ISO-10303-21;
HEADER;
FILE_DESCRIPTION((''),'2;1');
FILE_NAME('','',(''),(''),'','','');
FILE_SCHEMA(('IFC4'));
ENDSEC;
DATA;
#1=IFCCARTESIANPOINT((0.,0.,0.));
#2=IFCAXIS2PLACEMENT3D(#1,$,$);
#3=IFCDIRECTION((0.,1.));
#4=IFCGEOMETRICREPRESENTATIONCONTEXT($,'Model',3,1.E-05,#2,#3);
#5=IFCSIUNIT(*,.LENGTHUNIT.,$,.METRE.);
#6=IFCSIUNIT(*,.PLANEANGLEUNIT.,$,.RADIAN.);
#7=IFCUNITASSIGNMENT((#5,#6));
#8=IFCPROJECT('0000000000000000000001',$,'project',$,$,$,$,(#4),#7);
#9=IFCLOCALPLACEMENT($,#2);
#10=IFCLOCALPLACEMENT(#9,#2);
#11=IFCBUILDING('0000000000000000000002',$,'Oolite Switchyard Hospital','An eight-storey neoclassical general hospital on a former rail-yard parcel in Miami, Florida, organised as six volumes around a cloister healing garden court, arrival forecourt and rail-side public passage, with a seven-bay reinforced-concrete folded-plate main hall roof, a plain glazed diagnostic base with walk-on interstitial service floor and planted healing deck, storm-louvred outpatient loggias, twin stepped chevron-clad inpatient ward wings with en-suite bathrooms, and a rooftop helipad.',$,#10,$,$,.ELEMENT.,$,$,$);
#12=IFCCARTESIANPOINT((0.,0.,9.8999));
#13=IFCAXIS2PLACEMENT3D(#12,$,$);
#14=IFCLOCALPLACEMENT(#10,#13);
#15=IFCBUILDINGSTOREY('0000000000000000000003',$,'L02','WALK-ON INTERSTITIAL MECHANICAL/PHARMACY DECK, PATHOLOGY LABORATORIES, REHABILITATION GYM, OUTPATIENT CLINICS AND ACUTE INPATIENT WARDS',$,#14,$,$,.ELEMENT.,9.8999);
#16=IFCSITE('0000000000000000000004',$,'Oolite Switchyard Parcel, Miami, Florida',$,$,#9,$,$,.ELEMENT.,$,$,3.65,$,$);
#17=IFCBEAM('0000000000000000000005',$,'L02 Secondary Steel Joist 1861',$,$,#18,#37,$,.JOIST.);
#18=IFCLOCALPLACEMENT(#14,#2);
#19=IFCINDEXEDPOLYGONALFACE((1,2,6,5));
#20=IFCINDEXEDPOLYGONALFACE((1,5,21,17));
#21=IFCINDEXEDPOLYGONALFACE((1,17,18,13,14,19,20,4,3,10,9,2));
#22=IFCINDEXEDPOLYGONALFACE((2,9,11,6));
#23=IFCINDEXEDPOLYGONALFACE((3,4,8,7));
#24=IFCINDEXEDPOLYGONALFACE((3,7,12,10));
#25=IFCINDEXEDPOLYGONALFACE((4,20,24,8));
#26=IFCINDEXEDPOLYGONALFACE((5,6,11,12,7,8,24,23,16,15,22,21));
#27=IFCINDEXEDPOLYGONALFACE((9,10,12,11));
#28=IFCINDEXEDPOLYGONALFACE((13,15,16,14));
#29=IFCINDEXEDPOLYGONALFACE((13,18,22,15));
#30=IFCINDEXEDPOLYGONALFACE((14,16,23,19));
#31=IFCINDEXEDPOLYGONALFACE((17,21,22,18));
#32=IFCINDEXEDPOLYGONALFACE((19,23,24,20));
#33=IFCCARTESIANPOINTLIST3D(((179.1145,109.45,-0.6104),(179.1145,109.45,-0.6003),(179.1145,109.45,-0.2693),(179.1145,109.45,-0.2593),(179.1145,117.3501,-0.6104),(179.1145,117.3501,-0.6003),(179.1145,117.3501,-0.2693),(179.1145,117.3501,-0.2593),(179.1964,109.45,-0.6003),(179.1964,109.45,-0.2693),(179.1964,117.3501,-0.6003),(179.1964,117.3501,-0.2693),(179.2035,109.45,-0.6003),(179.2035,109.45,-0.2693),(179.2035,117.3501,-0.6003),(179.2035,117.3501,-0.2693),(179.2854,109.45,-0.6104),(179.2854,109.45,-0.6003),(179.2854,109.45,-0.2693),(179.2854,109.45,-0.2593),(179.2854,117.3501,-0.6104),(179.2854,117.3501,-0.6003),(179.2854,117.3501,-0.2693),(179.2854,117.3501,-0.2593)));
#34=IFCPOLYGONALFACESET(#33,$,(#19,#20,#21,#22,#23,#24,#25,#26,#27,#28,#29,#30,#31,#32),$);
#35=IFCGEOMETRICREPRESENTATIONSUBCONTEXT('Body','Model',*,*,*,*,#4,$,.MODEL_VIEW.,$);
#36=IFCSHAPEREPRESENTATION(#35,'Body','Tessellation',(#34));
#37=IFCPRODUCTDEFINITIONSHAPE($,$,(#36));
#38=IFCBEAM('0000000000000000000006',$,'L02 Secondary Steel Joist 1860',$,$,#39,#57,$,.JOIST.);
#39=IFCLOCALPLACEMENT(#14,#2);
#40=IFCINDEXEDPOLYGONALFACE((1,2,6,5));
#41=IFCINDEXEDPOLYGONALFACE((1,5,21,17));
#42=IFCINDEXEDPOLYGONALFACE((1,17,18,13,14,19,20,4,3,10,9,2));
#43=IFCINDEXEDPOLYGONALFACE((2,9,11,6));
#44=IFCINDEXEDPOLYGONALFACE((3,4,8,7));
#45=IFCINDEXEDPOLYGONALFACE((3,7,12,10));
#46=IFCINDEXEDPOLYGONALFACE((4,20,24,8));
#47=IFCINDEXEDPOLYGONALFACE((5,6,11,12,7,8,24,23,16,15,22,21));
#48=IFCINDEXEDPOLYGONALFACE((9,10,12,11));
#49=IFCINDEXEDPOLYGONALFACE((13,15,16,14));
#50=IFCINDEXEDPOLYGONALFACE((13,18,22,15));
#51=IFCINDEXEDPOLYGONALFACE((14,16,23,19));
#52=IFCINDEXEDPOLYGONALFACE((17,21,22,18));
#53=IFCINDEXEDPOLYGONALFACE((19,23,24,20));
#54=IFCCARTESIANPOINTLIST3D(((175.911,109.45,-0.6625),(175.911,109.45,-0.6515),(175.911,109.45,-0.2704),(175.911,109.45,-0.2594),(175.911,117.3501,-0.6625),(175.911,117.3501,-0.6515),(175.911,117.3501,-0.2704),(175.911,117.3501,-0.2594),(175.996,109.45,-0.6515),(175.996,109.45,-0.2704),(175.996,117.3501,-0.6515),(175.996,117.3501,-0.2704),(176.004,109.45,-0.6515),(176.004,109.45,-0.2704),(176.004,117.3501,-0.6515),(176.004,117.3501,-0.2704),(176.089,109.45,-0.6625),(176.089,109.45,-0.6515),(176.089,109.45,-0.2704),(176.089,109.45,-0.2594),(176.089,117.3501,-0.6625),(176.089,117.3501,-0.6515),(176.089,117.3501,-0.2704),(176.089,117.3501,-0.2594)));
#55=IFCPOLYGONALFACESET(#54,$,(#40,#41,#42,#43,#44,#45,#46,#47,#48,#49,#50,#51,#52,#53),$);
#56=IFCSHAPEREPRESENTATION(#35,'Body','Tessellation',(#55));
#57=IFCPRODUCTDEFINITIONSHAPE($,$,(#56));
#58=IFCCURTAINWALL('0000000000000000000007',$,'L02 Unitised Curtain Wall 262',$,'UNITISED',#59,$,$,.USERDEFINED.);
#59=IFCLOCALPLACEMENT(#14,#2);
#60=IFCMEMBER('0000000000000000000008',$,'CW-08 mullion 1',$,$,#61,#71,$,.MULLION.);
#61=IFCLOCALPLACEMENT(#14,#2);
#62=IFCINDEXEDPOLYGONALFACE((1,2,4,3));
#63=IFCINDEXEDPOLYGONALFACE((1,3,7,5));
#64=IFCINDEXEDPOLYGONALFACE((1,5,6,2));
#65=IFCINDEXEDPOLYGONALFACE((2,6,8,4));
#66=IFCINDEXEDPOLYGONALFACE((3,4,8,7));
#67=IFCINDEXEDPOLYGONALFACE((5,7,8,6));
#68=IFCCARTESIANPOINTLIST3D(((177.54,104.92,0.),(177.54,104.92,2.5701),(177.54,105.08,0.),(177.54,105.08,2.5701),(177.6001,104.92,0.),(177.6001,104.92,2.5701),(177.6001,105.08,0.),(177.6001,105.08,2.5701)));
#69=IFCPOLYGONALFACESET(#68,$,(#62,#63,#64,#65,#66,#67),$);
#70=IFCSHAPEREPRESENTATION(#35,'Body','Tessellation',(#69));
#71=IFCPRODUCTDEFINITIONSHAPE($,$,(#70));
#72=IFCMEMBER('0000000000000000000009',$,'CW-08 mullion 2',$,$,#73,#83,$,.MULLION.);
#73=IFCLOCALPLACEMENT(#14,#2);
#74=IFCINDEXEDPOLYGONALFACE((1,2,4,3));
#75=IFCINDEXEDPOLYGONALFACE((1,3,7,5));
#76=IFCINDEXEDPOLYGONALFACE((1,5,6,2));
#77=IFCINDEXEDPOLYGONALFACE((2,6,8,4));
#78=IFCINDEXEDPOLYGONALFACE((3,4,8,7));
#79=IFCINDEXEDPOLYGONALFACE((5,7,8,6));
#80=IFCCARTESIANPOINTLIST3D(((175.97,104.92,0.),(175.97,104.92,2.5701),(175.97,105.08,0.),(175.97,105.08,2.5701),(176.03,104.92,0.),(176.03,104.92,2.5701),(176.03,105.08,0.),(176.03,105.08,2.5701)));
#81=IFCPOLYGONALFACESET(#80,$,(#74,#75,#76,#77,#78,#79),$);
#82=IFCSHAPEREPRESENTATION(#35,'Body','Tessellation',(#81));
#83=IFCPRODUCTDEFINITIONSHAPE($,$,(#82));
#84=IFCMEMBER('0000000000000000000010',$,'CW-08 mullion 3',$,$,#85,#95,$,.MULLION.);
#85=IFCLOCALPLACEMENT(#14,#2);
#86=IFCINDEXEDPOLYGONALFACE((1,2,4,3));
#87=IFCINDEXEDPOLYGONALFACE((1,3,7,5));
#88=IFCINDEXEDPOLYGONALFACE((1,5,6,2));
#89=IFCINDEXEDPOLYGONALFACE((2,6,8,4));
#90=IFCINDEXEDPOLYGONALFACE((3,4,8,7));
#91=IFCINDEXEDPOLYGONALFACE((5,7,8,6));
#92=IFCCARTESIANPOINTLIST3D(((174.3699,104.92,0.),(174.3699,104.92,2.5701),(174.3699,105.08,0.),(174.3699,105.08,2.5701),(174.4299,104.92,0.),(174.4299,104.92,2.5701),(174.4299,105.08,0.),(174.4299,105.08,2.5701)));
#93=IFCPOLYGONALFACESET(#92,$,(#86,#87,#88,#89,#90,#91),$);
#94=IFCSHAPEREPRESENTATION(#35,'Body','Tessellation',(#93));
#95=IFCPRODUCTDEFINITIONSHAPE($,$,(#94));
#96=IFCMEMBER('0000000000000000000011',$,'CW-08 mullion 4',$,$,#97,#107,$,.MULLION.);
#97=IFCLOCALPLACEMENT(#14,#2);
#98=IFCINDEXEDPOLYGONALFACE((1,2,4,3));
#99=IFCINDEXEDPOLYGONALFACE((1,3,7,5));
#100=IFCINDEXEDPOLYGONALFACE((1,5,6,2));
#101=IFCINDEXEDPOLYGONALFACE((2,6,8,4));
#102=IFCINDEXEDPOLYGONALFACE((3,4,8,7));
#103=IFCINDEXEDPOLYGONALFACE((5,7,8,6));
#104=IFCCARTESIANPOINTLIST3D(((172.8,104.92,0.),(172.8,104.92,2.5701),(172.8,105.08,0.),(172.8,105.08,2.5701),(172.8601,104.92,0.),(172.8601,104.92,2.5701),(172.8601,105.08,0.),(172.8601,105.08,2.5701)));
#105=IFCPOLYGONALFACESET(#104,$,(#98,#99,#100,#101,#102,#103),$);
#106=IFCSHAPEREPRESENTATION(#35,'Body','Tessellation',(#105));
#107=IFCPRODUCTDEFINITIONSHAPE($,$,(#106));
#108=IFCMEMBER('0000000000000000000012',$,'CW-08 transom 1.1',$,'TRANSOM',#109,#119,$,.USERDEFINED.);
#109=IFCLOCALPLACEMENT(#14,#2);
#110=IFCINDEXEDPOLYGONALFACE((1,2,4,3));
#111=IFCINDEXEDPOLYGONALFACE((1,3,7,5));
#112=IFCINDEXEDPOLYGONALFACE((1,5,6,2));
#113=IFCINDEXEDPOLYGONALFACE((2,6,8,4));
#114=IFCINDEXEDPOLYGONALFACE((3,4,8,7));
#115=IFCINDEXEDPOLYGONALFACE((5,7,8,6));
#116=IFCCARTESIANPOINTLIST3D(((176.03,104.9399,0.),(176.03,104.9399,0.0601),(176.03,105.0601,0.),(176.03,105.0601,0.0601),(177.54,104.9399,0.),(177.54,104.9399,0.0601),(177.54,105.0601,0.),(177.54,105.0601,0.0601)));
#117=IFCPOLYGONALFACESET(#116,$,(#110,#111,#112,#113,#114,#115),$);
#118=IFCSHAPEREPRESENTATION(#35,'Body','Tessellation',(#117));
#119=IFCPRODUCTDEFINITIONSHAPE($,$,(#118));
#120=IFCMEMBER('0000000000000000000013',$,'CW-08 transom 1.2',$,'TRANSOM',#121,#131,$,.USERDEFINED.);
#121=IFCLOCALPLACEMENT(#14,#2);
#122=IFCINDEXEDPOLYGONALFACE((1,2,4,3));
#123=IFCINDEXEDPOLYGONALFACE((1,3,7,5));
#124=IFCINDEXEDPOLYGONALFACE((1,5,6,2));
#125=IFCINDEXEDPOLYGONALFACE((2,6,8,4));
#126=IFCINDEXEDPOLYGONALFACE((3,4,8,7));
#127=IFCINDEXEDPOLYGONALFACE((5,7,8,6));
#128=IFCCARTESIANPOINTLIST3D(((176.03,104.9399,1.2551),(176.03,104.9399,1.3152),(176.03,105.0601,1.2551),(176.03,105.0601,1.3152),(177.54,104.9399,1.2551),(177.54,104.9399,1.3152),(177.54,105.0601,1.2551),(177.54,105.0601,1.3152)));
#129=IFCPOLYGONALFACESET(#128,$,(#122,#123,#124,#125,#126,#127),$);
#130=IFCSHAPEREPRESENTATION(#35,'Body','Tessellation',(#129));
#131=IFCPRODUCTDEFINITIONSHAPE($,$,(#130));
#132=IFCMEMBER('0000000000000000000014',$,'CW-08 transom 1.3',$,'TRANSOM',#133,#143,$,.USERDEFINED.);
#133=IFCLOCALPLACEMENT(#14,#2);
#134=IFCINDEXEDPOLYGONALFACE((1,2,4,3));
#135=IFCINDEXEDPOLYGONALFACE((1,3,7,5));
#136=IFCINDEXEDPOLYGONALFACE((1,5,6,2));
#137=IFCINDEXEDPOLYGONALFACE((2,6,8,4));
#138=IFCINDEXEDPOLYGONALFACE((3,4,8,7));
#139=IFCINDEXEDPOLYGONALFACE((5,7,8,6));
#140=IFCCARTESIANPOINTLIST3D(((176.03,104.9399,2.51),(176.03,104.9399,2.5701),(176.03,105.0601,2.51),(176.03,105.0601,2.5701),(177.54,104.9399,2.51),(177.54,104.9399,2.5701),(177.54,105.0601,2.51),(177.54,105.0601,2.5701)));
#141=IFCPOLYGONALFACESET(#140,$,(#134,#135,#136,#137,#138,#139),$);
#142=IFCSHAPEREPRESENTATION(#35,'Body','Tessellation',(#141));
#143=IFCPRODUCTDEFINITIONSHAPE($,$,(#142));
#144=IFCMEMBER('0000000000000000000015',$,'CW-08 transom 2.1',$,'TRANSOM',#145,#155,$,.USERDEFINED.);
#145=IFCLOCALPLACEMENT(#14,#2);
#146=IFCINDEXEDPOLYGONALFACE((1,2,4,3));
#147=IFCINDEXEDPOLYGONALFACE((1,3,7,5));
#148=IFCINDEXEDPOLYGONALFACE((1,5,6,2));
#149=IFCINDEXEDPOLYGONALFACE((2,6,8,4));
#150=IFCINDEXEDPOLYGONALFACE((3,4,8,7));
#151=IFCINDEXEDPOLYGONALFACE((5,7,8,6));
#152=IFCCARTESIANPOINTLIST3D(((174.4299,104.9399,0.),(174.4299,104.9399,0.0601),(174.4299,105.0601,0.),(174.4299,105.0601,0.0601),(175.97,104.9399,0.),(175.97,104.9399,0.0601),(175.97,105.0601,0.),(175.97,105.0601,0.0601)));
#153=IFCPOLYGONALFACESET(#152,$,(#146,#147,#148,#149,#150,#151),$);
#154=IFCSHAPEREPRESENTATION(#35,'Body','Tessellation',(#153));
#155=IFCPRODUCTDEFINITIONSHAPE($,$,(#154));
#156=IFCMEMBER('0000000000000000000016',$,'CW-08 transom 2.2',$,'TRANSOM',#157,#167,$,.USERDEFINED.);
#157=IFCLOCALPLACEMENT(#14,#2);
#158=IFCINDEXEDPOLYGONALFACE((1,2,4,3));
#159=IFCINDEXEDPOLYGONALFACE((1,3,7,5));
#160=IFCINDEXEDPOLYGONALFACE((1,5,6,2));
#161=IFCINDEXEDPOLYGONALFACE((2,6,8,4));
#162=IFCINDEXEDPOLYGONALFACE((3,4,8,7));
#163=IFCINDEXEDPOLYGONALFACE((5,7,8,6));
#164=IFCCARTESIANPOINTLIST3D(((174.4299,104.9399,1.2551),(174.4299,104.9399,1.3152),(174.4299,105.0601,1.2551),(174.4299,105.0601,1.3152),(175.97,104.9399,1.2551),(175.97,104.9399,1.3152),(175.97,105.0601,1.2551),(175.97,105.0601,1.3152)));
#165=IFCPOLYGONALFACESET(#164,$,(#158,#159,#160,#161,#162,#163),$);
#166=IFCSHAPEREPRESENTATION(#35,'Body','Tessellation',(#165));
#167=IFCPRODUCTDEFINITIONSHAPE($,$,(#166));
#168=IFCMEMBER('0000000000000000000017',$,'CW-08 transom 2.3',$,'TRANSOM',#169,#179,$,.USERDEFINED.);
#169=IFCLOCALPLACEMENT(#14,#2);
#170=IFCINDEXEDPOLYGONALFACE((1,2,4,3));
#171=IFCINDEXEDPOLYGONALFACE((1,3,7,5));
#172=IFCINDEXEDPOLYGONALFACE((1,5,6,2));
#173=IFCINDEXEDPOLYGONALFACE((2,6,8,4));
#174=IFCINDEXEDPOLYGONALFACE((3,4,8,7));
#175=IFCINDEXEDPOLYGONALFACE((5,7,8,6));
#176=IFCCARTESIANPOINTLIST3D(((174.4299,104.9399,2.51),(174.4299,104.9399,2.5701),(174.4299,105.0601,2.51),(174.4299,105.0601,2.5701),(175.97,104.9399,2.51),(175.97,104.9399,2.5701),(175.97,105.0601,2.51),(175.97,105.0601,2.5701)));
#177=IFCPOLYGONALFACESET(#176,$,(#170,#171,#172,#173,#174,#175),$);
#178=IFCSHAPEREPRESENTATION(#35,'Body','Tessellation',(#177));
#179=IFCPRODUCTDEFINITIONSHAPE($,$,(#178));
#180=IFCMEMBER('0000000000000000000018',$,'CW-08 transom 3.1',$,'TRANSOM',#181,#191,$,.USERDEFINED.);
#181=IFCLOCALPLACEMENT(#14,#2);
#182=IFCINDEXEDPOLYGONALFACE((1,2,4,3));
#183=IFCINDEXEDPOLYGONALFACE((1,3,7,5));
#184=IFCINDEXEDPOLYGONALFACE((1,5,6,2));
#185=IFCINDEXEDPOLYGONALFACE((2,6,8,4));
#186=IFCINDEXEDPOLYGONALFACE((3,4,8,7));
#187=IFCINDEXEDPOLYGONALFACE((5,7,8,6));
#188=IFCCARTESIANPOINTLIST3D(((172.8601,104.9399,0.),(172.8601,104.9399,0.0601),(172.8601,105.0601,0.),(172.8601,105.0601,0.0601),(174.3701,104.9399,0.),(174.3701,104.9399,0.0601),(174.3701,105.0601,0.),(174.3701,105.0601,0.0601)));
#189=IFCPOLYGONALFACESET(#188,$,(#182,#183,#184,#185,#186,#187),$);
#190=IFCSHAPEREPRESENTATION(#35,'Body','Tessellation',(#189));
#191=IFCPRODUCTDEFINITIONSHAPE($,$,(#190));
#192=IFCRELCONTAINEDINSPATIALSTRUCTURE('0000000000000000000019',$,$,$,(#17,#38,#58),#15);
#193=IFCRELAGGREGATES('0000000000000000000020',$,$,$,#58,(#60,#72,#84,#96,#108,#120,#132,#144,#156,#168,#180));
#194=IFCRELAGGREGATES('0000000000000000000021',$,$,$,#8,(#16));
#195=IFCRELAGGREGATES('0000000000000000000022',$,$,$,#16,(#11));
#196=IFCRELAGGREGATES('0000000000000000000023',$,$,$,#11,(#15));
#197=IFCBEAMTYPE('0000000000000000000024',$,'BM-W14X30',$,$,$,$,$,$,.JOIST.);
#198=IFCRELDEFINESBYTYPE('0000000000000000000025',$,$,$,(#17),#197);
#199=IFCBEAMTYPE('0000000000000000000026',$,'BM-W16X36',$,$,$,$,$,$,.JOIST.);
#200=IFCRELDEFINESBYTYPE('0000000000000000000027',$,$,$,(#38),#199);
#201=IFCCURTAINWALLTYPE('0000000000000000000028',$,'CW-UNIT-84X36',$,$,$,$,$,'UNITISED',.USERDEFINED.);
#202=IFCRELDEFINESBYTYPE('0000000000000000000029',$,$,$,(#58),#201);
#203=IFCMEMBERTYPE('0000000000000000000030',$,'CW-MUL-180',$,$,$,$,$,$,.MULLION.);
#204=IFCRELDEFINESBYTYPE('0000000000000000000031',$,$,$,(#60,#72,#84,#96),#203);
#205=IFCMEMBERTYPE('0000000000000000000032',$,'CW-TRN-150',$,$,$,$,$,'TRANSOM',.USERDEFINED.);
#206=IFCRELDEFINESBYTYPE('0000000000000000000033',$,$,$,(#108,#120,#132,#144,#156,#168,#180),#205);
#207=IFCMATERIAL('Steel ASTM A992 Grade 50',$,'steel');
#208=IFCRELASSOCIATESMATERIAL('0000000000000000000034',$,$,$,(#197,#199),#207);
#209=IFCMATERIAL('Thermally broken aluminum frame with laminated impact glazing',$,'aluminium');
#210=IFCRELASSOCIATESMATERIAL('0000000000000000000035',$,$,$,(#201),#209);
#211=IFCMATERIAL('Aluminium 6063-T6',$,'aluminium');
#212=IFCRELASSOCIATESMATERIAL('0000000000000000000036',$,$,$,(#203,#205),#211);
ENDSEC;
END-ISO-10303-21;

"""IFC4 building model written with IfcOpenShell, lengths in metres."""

from ifc_helpers import new_model, si_unit, direction, frame, origin, origin_2d, place, context, subcontext, project, spatial, rectangle, i_section, extrude, material, material_profile, profile_set, type_object, element, aggregate, save


model = new_model("IFC4")

# Units and contexts
model_context = context("Model", 3, precision=1e-05, world=origin(), true_north=direction((0.0, 1.0)))
body_context = subcontext(model_context, "Body", "Model", "MODEL_VIEW")
ifc_project = project(units=[si_unit("LENGTHUNIT", "METRE"), si_unit("PLANEANGLEUNIT", "RADIAN")], contexts=[model_context])

# Site, building, storey
site_placement = place(None, origin())
site = spatial("IfcSite", under=ifc_project, at=site_placement, Name="Oolite Switchyard Parcel, Miami, Florida", CompositionType="ELEMENT", RefElevation=3.65)
building_placement = place(site_placement, origin())
building = spatial("IfcBuilding", under=site, at=building_placement, Name="Oolite Switchyard Hospital", Description="An eight-storey neoclassical general hospital on a former rail-yard parcel in Miami, Florida, organised as six volumes around a cloister healing garden court, arrival forecourt and rail-side public passage, with a seven-bay reinforced-concrete folded-plate main hall roof, a plain glazed diagnostic base with walk-on interstitial service floor and planted healing deck, storm-louvred outpatient loggias, twin stepped chevron-clad inpatient ward wings with en-suite bathrooms, and a rooftop helipad.", CompositionType="ELEMENT")
storey_placement = place(building_placement, frame((0.0, 0.0, 9.8999)))
storey = spatial("IfcBuildingStorey", under=building, at=storey_placement, Name="L02", Description="WALK-ON INTERSTITIAL MECHANICAL/PHARMACY DECK, PATHOLOGY LABORATORIES, REHABILITATION GYM, OUTPATIENT CLINICS AND ACUTE INPATIENT WARDS", CompositionType="ELEMENT", Elevation=9.8999)

# Beams
ifc_material_1 = material(Name="Steel ASTM A992 Grade 50", Category="steel")
ifc_material_profile_1 = material_profile(ifc_material_1, i_section(OverallWidth=0.1709, OverallDepth=0.3511, WebThickness=0.0071, FlangeThickness=0.01, at=origin_2d()), Name="W14X30")
ifc_profile_set_1 = profile_set([ifc_material_profile_1], Name="Steel ASTM A992 Grade 50")
beam_type_1 = type_object("IfcBeamType", Name="BM-W14X30", PredefinedType="JOIST", material=ifc_profile_set_1)
beam_1_placement = place(storey_placement, frame((179.2, 109.45, -0.4348), z_axis=(0.0, 1.0, 0.0), x_axis=(-1.0, 0.0, 0.0)))
element("IfcBeam", 1, at=beam_1_placement, inside=storey, type_object=beam_type_1, Name="L02 Secondary Steel Joist 1861", PredefinedType="JOIST", context=body_context, shape_type="SweptSolid", body=[
    extrude(i_section(OverallWidth=0.1709, OverallDepth=0.3511, WebThickness=0.0071, FlangeThickness=0.01, at=origin_2d()), origin(), (0.0, 0.0, 1.0), 7.9001),
])
ifc_material_profile_2 = material_profile(ifc_material_1, i_section(OverallWidth=0.178, OverallDepth=0.4031, WebThickness=0.0081, FlangeThickness=0.011, at=origin_2d()), Name="W16X36")
ifc_profile_set_2 = profile_set([ifc_material_profile_2], Name="Steel ASTM A992 Grade 50")
beam_type_2 = type_object("IfcBeamType", Name="BM-W16X36", PredefinedType="JOIST", material=ifc_profile_set_2)
beam_2_placement = place(storey_placement, frame((176.0, 109.45, -0.4609), z_axis=(0.0, 1.0, 0.0), x_axis=(-1.0, 0.0, 0.0)))
element("IfcBeam", 2, at=beam_2_placement, inside=storey, type_object=beam_type_2, Name="L02 Secondary Steel Joist 1860", PredefinedType="JOIST", context=body_context, shape_type="SweptSolid", body=[
    extrude(i_section(OverallWidth=0.178, OverallDepth=0.4031, WebThickness=0.0081, FlangeThickness=0.011, at=origin_2d()), origin(), (0.0, 0.0, 1.0), 7.9001),
])

# Curtain wall, members
ifc_material_2 = material(Name="Thermally broken aluminum frame with laminated impact glazing", Category="aluminium")
curtain_wall_type = type_object("IfcCurtainWallType", Name="CW-UNIT-84X36", ElementType="UNITISED", PredefinedType="USERDEFINED", material=ifc_material_2)
curtain_wall_placement = place(storey_placement, origin())
curtain_wall = element("IfcCurtainWall", 3, at=curtain_wall_placement, inside=storey, type_object=curtain_wall_type, Name="L02 Unitised Curtain Wall 262", ObjectType="UNITISED", PredefinedType="USERDEFINED")
ifc_material_3 = material(Name="Aluminium 6063-T6", Category="aluminium")
ifc_material_profile_3 = material_profile(ifc_material_3, rectangle(XDim=0.1599, YDim=0.0601, at=origin_2d()), Name="CWM60X160")
ifc_profile_set_3 = profile_set([ifc_material_profile_3], Name="Aluminium 6063-T6")
member_type_1 = type_object("IfcMemberType", Name="CW-MUL-180", PredefinedType="MULLION", material=ifc_profile_set_3)
member_1_placement = place(storey_placement, frame((177.5701, 105.0, 0.0), z_axis=(0.0, 0.0, 1.0), x_axis=(0.0, -1.0, 0.0)))
member_1 = element("IfcMember", 4, at=member_1_placement, type_object=member_type_1, Name="CW-08 mullion 1", PredefinedType="MULLION", context=body_context, shape_type="SweptSolid", body=[
    extrude(rectangle(XDim=0.1599, YDim=0.0601, at=origin_2d()), origin(), (0.0, 0.0, 1.0), 2.5701),
])
member_2_placement = place(storey_placement, frame((176.0, 105.0, 0.0), z_axis=(0.0, 0.0, 1.0), x_axis=(0.0, -1.0, 0.0)))
member_2 = element("IfcMember", 5, at=member_2_placement, type_object=member_type_1, Name="CW-08 mullion 2", PredefinedType="MULLION", context=body_context, shape_type="SweptSolid", body=[
    extrude(rectangle(XDim=0.1599, YDim=0.0601, at=origin_2d()), origin(), (0.0, 0.0, 1.0), 2.5701),
])
member_3_placement = place(storey_placement, frame((174.3999, 105.0, 0.0), z_axis=(0.0, 0.0, 1.0), x_axis=(0.0, -1.0, 0.0)))
member_3 = element("IfcMember", 6, at=member_3_placement, type_object=member_type_1, Name="CW-08 mullion 3", PredefinedType="MULLION", context=body_context, shape_type="SweptSolid", body=[
    extrude(rectangle(XDim=0.1599, YDim=0.0601, at=origin_2d()), origin(), (0.0, 0.0, 1.0), 2.5701),
])
member_4_placement = place(storey_placement, frame((172.8301, 105.0, 0.0), z_axis=(0.0, 0.0, 1.0), x_axis=(0.0, -1.0, 0.0)))
member_4 = element("IfcMember", 7, at=member_4_placement, type_object=member_type_1, Name="CW-08 mullion 4", PredefinedType="MULLION", context=body_context, shape_type="SweptSolid", body=[
    extrude(rectangle(XDim=0.1599, YDim=0.0601, at=origin_2d()), origin(), (0.0, 0.0, 1.0), 2.5701),
])
ifc_material_profile_4 = material_profile(ifc_material_3, rectangle(XDim=0.1201, YDim=0.0601, at=origin_2d()), Name="CWT60X120")
ifc_profile_set_4 = profile_set([ifc_material_profile_4], Name="Aluminium 6063-T6")
member_type_2 = type_object("IfcMemberType", Name="CW-TRN-150", ElementType="TRANSOM", PredefinedType="USERDEFINED", material=ifc_profile_set_4)
member_5_placement = place(storey_placement, frame((177.54, 105.0, 0.03), z_axis=(-1.0, 0.0, 0.0), x_axis=(0.0, -1.0, 0.0)))
member_5 = element("IfcMember", 8, at=member_5_placement, type_object=member_type_2, Name="CW-08 transom 1.1", ObjectType="TRANSOM", PredefinedType="USERDEFINED", context=body_context, shape_type="SweptSolid", body=[
    extrude(rectangle(XDim=0.1201, YDim=0.0601, at=origin_2d()), origin(), (0.0, 0.0, 1.0), 1.51),
])
member_6_placement = place(storey_placement, frame((177.54, 105.0, 1.2852), z_axis=(-1.0, 0.0, 0.0), x_axis=(0.0, -1.0, 0.0)))
member_6 = element("IfcMember", 9, at=member_6_placement, type_object=member_type_2, Name="CW-08 transom 1.2", ObjectType="TRANSOM", PredefinedType="USERDEFINED", context=body_context, shape_type="SweptSolid", body=[
    extrude(rectangle(XDim=0.1201, YDim=0.0601, at=origin_2d()), origin(), (0.0, 0.0, 1.0), 1.51),
])
member_7_placement = place(storey_placement, frame((177.54, 105.0, 2.54), z_axis=(-1.0, 0.0, 0.0), x_axis=(0.0, -1.0, 0.0)))
member_7 = element("IfcMember", 10, at=member_7_placement, type_object=member_type_2, Name="CW-08 transom 1.3", ObjectType="TRANSOM", PredefinedType="USERDEFINED", context=body_context, shape_type="SweptSolid", body=[
    extrude(rectangle(XDim=0.1201, YDim=0.0601, at=origin_2d()), origin(), (0.0, 0.0, 1.0), 1.51),
])
member_8_placement = place(storey_placement, frame((175.97, 105.0, 0.03), z_axis=(-1.0, 0.0, 0.0), x_axis=(0.0, -1.0, 0.0)))
member_8 = element("IfcMember", 11, at=member_8_placement, type_object=member_type_2, Name="CW-08 transom 2.1", ObjectType="TRANSOM", PredefinedType="USERDEFINED", context=body_context, shape_type="SweptSolid", body=[
    extrude(rectangle(XDim=0.1201, YDim=0.0601, at=origin_2d()), origin(), (0.0, 0.0, 1.0), 1.54),
])
member_9_placement = place(storey_placement, frame((175.97, 105.0, 1.2852), z_axis=(-1.0, 0.0, 0.0), x_axis=(0.0, -1.0, 0.0)))
member_9 = element("IfcMember", 12, at=member_9_placement, type_object=member_type_2, Name="CW-08 transom 2.2", ObjectType="TRANSOM", PredefinedType="USERDEFINED", context=body_context, shape_type="SweptSolid", body=[
    extrude(rectangle(XDim=0.1201, YDim=0.0601, at=origin_2d()), origin(), (0.0, 0.0, 1.0), 1.54),
])
member_10_placement = place(storey_placement, frame((175.97, 105.0, 2.54), z_axis=(-1.0, 0.0, 0.0), x_axis=(0.0, -1.0, 0.0)))
member_10 = element("IfcMember", 13, at=member_10_placement, type_object=member_type_2, Name="CW-08 transom 2.3", ObjectType="TRANSOM", PredefinedType="USERDEFINED", context=body_context, shape_type="SweptSolid", body=[
    extrude(rectangle(XDim=0.1201, YDim=0.0601, at=origin_2d()), origin(), (0.0, 0.0, 1.0), 1.54),
])
member_11_placement = place(storey_placement, frame((174.3701, 105.0, 0.03), z_axis=(-1.0, 0.0, 0.0), x_axis=(0.0, -1.0, 0.0)))
member_11 = element("IfcMember", 14, at=member_11_placement, type_object=member_type_2, Name="CW-08 transom 3.1", ObjectType="TRANSOM", PredefinedType="USERDEFINED", context=body_context, shape_type="SweptSolid", body=[
    extrude(rectangle(XDim=0.1201, YDim=0.0601, at=origin_2d()), origin(), (0.0, 0.0, 1.0), 1.51),
])
aggregate(curtain_wall, [member_1, member_2, member_3, member_4, member_5, member_6, member_7, member_8, member_9, member_10, member_11])

save(model, "model.ifc")
